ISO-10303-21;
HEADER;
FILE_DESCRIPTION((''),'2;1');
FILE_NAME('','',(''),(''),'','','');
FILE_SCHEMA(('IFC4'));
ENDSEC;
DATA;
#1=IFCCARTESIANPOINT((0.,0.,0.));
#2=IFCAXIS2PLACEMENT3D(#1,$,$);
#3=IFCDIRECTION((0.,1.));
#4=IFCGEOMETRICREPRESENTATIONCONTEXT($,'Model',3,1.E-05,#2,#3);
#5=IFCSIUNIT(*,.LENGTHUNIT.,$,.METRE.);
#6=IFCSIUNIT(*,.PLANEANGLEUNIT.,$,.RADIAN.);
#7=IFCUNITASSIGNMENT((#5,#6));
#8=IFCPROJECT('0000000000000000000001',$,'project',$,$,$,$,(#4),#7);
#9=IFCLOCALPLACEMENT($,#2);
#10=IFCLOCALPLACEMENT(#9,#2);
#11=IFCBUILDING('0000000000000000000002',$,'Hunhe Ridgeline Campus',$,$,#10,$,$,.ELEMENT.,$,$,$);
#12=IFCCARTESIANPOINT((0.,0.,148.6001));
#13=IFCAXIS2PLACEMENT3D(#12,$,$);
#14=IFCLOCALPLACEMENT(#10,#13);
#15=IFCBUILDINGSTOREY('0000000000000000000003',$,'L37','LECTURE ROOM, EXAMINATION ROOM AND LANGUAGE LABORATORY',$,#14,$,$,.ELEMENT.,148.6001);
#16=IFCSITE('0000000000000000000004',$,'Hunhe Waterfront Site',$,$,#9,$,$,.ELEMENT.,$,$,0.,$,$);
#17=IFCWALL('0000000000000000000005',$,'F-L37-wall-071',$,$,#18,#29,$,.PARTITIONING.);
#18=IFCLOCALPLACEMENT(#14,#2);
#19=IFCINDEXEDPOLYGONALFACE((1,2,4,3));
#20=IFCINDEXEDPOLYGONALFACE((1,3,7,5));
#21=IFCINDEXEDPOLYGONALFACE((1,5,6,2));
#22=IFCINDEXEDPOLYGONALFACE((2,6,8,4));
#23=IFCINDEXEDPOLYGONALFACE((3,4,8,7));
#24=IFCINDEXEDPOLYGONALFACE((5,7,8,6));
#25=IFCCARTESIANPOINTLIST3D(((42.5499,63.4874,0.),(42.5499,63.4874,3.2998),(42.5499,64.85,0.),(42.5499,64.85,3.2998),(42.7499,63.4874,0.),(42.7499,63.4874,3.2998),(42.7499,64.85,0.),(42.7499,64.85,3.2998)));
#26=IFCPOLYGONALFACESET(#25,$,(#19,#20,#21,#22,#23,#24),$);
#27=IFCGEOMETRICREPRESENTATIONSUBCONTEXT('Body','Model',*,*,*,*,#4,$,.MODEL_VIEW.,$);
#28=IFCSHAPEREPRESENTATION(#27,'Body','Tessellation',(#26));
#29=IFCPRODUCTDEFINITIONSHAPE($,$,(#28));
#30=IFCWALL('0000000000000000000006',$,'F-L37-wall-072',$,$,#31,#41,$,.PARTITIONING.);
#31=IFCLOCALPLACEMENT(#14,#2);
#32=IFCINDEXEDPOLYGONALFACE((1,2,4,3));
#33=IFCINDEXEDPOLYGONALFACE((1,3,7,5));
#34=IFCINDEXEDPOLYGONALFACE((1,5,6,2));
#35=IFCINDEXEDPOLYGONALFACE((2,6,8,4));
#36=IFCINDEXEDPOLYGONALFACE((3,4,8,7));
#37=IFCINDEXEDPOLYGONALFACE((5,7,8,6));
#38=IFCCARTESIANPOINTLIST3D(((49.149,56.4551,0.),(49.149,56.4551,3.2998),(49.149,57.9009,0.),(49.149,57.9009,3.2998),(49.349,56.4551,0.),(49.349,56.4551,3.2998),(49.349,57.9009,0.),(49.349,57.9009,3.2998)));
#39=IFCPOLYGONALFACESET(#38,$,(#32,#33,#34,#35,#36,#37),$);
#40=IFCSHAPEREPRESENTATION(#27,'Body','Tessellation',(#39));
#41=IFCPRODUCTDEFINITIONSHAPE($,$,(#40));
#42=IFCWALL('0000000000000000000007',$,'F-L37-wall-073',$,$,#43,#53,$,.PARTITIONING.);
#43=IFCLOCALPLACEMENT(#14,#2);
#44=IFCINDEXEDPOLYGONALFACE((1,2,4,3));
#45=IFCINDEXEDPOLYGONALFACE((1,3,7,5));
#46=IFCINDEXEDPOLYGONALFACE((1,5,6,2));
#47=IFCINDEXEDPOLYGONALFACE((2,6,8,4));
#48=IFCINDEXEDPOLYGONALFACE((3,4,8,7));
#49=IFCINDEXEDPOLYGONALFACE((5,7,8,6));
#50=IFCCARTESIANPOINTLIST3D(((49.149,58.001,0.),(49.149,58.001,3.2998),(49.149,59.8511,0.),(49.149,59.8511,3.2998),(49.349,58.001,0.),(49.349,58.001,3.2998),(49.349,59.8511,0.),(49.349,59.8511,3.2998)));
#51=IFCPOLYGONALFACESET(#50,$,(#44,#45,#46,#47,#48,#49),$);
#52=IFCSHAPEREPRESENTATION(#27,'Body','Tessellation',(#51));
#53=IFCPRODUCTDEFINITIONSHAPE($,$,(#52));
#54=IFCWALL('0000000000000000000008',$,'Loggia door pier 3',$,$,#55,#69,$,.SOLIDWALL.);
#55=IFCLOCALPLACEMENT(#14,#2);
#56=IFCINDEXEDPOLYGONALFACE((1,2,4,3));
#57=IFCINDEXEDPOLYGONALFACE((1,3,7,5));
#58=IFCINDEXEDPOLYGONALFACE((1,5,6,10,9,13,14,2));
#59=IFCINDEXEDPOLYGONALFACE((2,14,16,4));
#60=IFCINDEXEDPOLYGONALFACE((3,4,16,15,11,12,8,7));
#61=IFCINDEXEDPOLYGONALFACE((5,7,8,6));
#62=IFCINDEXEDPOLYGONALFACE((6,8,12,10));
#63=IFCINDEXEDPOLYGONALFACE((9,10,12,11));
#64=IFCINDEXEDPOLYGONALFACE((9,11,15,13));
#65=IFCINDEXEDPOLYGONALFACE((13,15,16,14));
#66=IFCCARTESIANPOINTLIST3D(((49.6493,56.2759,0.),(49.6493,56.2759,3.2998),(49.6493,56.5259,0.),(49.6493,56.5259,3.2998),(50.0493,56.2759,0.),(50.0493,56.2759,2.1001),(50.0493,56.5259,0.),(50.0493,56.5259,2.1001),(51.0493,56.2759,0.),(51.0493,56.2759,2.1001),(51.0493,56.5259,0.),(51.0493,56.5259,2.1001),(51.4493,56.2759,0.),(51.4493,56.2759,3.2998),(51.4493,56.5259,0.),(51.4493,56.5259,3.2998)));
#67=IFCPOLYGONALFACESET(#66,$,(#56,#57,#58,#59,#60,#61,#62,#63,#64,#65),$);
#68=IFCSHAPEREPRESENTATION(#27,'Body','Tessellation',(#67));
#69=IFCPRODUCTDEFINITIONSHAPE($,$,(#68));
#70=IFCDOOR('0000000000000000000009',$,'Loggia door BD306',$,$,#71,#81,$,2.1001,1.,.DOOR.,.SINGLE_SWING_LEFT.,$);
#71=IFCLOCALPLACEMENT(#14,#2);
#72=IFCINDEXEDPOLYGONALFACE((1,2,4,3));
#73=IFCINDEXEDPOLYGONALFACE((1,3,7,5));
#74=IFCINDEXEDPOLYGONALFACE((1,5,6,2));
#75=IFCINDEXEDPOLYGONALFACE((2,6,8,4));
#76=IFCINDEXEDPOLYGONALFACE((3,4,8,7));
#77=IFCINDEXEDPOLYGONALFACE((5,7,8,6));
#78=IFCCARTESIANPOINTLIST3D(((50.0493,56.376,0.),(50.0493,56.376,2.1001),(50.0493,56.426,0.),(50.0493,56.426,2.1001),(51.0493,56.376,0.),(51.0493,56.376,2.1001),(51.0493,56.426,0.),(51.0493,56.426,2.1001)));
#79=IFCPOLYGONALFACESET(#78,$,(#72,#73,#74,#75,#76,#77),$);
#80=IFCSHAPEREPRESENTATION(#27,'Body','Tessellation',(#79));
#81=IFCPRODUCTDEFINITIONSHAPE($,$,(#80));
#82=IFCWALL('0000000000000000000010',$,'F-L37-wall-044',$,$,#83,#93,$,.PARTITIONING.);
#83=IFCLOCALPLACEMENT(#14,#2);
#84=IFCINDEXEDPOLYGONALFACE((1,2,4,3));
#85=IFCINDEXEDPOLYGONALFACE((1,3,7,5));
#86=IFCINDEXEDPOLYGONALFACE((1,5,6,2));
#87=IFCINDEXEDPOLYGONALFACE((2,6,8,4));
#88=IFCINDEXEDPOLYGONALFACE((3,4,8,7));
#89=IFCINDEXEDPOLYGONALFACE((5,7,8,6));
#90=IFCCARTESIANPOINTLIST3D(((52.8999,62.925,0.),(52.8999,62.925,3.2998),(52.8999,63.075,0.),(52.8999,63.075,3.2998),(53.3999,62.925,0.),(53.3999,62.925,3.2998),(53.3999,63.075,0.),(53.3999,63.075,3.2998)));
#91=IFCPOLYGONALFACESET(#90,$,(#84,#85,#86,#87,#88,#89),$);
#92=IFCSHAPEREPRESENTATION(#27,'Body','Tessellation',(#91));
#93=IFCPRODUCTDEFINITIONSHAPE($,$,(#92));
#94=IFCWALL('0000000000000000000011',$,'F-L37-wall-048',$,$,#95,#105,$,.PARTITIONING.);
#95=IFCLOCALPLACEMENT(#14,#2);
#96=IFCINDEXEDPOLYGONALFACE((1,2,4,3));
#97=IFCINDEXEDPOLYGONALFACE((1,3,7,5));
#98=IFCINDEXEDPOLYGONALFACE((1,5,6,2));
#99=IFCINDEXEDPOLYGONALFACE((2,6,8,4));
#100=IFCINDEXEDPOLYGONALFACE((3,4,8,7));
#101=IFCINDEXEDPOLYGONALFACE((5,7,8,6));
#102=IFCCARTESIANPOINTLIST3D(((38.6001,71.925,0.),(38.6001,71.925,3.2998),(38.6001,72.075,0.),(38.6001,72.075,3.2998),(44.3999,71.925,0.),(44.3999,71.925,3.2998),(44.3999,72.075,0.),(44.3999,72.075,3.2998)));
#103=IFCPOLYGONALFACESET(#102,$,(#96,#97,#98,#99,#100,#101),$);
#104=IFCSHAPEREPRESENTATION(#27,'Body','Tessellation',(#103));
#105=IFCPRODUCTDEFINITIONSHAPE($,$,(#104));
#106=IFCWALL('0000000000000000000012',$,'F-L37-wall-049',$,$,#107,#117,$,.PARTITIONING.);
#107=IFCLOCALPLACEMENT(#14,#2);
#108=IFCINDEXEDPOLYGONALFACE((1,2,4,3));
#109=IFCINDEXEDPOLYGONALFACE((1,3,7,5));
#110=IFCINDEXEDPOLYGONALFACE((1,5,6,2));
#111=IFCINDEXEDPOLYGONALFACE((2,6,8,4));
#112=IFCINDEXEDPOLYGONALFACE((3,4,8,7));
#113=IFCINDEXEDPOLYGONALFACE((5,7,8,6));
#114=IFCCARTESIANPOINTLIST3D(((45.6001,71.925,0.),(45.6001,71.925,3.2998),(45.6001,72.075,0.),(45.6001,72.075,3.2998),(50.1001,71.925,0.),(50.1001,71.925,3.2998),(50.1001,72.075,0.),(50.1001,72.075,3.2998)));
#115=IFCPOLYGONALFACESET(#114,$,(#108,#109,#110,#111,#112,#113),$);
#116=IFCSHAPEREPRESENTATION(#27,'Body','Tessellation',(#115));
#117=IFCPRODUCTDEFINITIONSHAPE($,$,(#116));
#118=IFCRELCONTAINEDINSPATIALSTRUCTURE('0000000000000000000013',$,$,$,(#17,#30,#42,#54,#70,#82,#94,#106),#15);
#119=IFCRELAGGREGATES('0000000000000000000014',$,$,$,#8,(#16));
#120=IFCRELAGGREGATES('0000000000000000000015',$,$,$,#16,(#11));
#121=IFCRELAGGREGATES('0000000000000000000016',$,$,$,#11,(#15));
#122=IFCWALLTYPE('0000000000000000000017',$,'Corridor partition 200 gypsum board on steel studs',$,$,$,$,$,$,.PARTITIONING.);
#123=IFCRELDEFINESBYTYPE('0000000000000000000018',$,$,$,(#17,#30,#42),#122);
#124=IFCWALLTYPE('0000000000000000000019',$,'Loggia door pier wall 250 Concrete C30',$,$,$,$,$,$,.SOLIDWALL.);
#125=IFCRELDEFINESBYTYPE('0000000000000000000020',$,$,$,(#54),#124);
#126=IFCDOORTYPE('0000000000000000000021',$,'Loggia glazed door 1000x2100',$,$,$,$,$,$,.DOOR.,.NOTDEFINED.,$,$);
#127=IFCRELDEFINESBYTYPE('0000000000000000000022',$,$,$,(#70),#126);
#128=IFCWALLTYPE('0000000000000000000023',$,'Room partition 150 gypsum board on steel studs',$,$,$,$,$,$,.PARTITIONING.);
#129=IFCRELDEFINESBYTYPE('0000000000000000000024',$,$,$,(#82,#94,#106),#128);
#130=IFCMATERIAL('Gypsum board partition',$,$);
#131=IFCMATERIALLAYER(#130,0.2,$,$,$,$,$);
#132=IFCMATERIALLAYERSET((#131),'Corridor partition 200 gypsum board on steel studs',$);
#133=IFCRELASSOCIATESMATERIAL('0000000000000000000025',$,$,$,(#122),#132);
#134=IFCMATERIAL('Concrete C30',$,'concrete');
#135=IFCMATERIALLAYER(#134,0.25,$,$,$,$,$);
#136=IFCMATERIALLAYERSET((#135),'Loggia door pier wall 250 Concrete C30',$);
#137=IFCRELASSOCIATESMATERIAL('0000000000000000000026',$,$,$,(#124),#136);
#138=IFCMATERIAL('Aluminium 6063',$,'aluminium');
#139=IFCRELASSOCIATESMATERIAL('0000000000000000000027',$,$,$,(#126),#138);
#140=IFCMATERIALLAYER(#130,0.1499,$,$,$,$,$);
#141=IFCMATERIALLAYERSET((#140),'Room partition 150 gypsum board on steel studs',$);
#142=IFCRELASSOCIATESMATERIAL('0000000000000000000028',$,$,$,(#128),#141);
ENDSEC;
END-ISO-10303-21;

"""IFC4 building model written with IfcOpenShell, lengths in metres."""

from ifc_helpers import new_model, si_unit, direction, frame, frame_2d, origin, place, context, subcontext, project, spatial, rectangle, extrude, material, layer, layer_set, type_object, element, fill, save


model = new_model("IFC4")

# Units and contexts
model_context = context("Model", 3, precision=1e-05, world=origin(), true_north=direction((0.0, 1.0)))
body_context = subcontext(model_context, "Body", "Model", "MODEL_VIEW")
ifc_project = project(units=[si_unit("LENGTHUNIT", "METRE"), si_unit("PLANEANGLEUNIT", "RADIAN")], contexts=[model_context])

# Site, building, storey
site_placement = place(None, origin())
site = spatial("IfcSite", under=ifc_project, at=site_placement, Name="Hunhe Waterfront Site", CompositionType="ELEMENT", RefElevation=0.0)
building_placement = place(site_placement, origin())
building = spatial("IfcBuilding", under=site, at=building_placement, Name="Hunhe Ridgeline Campus", CompositionType="ELEMENT")
storey_placement = place(building_placement, frame((0.0, 0.0, 148.6001)))
storey = spatial("IfcBuildingStorey", under=building, at=storey_placement, Name="L37", Description="LECTURE ROOM, EXAMINATION ROOM AND LANGUAGE LABORATORY", CompositionType="ELEMENT", Elevation=148.6001)

# Shared definitions
ifc_material_1 = material(Name="Aluminium 6063", Category="aluminium")

# Shared definitions
ifc_material_2 = material(Name="Concrete C30", Category="concrete")
ifc_material_3 = material(Name="Gypsum board partition")
ifc_layer_1 = layer(ifc_material_3, 0.2)
ifc_layer_set_1 = layer_set([ifc_layer_1], Name="Corridor partition 200 gypsum board on steel studs")
wall_type_1 = type_object("IfcWallType", Name="Corridor partition 200 gypsum board on steel studs", PredefinedType="PARTITIONING", material=ifc_layer_set_1)

# Walls
wall_1_placement = place(storey_placement, frame((42.6499, 63.4875, 0.0), z_axis=(0.0, 0.0, 1.0), x_axis=(0.0, 1.0, 0.0)))
element("IfcWall", 1, at=wall_1_placement, inside=storey, type_object=wall_type_1, Name="F-L37-wall-071", PredefinedType="PARTITIONING", context=body_context, shape_type="SweptSolid", body=[
    extrude(rectangle(XDim=1.3625, YDim=0.2, at=frame_2d((0.6812, 0.0))), origin(), (0.0, 0.0, 1.0), 3.2998),
])
wall_2_placement = place(storey_placement, frame((49.249, 56.4551, 0.0), z_axis=(0.0, 0.0, 1.0), x_axis=(0.0, 1.0, 0.0)))
element("IfcWall", 2, at=wall_2_placement, inside=storey, type_object=wall_type_1, Name="F-L37-wall-072", PredefinedType="PARTITIONING", context=body_context, shape_type="SweptSolid", body=[
    extrude(rectangle(XDim=1.4458, YDim=0.2, at=frame_2d((0.7229, 0.0))), origin(), (0.0, 0.0, 1.0), 3.2998),
])
wall_3_placement = place(storey_placement, frame((49.249, 58.001, 0.0), z_axis=(0.0, 0.0, 1.0), x_axis=(0.0, 1.0, 0.0)))
element("IfcWall", 3, at=wall_3_placement, inside=storey, type_object=wall_type_1, Name="F-L37-wall-073", PredefinedType="PARTITIONING", context=body_context, shape_type="SweptSolid", body=[
    extrude(rectangle(XDim=1.8501, YDim=0.2, at=frame_2d((0.925, 0.0))), origin(), (0.0, 0.0, 1.0), 3.2998),
])

# Wall, opening, door
ifc_layer_2 = layer(ifc_material_2, 0.25)
ifc_layer_set_2 = layer_set([ifc_layer_2], Name="Loggia door pier wall 250 Concrete C30")
wall_type_2 = type_object("IfcWallType", Name="Loggia door pier wall 250 Concrete C30", PredefinedType="SOLIDWALL", material=ifc_layer_set_2)
wall_4_placement = place(storey_placement, frame((49.6494, 56.4009, 0.0), z_axis=(0.0, 0.0, 1.0), x_axis=(1.0, 0.0, 0.0)))
wall_4 = element("IfcWall", 4, at=wall_4_placement, inside=storey, type_object=wall_type_2, Name="Loggia door pier 3", PredefinedType="SOLIDWALL", context=body_context, shape_type="SweptSolid", body=[
    extrude(rectangle(XDim=1.8, YDim=0.25, at=frame_2d((0.8999, 0.0))), origin(), (0.0, 0.0, 1.0), 3.2998),
])
opening_1_placement = place(wall_4_placement, frame((0.3999, 0.0, 0.0)))
opening_1 = element("IfcOpeningElement", 5, at=opening_1_placement, cuts=wall_4, PredefinedType="OPENING", context=body_context, shape_type="SweptSolid", body=[
    extrude(rectangle(XDim=1.0, YDim=2.1001, at=frame_2d((0.5, 1.05))), frame((0.0, 0.125, 0.0), z_axis=(0.0, -1.0, 0.0), x_axis=(1.0, 0.0, 0.0)), (0.0, 0.0, 1.0), 0.25),
])
door_type_1 = type_object("IfcDoorType", Name="Loggia glazed door 1000x2100", OperationType="NOTDEFINED", PredefinedType="DOOR", material=ifc_material_1)
door_1_placement = place(opening_1_placement, frame((1.0, 0.0, 0.0), z_axis=(0.0, 0.0, 1.0), x_axis=(-1.0, 0.0, 0.0)))
door_1 = element("IfcDoor", 6, at=door_1_placement, inside=storey, type_object=door_type_1, Name="Loggia door BD306", OperationType="SINGLE_SWING_LEFT", OverallHeight=2.1001, OverallWidth=1.0, PredefinedType="DOOR", context=body_context, shape_type="SweptSolid", body=[
    extrude(rectangle(XDim=1.0, YDim=2.1001, at=frame_2d((0.5, 1.05))), frame((0.0, 0.0249, 0.0), z_axis=(0.0, -1.0, 0.0), x_axis=(1.0, 0.0, 0.0)), (0.0, 0.0, 1.0), 0.05),
])
fill(opening_1, door_1)

# Walls
ifc_layer_3 = layer(ifc_material_3, 0.1499)
ifc_layer_set_3 = layer_set([ifc_layer_3], Name="Room partition 150 gypsum board on steel studs")
wall_type_3 = type_object("IfcWallType", Name="Room partition 150 gypsum board on steel studs", PredefinedType="PARTITIONING", material=ifc_layer_set_3)
wall_5_placement = place(storey_placement, frame((52.8999, 63.0, 0.0), z_axis=(0.0, 0.0, 1.0), x_axis=(1.0, 0.0, 0.0)))
element("IfcWall", 7, at=wall_5_placement, inside=storey, type_object=wall_type_3, Name="F-L37-wall-044", PredefinedType="PARTITIONING", context=body_context, shape_type="SweptSolid", body=[
    extrude(rectangle(XDim=0.5, YDim=0.1499, at=frame_2d((0.25, 0.0))), origin(), (0.0, 0.0, 1.0), 3.2998),
])
wall_6_placement = place(storey_placement, frame((38.6001, 72.0, 0.0), z_axis=(0.0, 0.0, 1.0), x_axis=(1.0, 0.0, 0.0)))
element("IfcWall", 8, at=wall_6_placement, inside=storey, type_object=wall_type_3, Name="F-L37-wall-048", PredefinedType="PARTITIONING", context=body_context, shape_type="SweptSolid", body=[
    extrude(rectangle(XDim=5.7998, YDim=0.1499, at=frame_2d((2.8999, 0.0))), origin(), (0.0, 0.0, 1.0), 3.2998),
])
wall_7_placement = place(storey_placement, frame((45.6001, 72.0, 0.0), z_axis=(0.0, 0.0, 1.0), x_axis=(1.0, 0.0, 0.0)))
element("IfcWall", 9, at=wall_7_placement, inside=storey, type_object=wall_type_3, Name="F-L37-wall-049", PredefinedType="PARTITIONING", context=body_context, shape_type="SweptSolid", body=[
    extrude(rectangle(XDim=4.5, YDim=0.1499, at=frame_2d((2.25, 0.0))), origin(), (0.0, 0.0, 1.0), 3.2998),
])

save(model, "model.ifc")
